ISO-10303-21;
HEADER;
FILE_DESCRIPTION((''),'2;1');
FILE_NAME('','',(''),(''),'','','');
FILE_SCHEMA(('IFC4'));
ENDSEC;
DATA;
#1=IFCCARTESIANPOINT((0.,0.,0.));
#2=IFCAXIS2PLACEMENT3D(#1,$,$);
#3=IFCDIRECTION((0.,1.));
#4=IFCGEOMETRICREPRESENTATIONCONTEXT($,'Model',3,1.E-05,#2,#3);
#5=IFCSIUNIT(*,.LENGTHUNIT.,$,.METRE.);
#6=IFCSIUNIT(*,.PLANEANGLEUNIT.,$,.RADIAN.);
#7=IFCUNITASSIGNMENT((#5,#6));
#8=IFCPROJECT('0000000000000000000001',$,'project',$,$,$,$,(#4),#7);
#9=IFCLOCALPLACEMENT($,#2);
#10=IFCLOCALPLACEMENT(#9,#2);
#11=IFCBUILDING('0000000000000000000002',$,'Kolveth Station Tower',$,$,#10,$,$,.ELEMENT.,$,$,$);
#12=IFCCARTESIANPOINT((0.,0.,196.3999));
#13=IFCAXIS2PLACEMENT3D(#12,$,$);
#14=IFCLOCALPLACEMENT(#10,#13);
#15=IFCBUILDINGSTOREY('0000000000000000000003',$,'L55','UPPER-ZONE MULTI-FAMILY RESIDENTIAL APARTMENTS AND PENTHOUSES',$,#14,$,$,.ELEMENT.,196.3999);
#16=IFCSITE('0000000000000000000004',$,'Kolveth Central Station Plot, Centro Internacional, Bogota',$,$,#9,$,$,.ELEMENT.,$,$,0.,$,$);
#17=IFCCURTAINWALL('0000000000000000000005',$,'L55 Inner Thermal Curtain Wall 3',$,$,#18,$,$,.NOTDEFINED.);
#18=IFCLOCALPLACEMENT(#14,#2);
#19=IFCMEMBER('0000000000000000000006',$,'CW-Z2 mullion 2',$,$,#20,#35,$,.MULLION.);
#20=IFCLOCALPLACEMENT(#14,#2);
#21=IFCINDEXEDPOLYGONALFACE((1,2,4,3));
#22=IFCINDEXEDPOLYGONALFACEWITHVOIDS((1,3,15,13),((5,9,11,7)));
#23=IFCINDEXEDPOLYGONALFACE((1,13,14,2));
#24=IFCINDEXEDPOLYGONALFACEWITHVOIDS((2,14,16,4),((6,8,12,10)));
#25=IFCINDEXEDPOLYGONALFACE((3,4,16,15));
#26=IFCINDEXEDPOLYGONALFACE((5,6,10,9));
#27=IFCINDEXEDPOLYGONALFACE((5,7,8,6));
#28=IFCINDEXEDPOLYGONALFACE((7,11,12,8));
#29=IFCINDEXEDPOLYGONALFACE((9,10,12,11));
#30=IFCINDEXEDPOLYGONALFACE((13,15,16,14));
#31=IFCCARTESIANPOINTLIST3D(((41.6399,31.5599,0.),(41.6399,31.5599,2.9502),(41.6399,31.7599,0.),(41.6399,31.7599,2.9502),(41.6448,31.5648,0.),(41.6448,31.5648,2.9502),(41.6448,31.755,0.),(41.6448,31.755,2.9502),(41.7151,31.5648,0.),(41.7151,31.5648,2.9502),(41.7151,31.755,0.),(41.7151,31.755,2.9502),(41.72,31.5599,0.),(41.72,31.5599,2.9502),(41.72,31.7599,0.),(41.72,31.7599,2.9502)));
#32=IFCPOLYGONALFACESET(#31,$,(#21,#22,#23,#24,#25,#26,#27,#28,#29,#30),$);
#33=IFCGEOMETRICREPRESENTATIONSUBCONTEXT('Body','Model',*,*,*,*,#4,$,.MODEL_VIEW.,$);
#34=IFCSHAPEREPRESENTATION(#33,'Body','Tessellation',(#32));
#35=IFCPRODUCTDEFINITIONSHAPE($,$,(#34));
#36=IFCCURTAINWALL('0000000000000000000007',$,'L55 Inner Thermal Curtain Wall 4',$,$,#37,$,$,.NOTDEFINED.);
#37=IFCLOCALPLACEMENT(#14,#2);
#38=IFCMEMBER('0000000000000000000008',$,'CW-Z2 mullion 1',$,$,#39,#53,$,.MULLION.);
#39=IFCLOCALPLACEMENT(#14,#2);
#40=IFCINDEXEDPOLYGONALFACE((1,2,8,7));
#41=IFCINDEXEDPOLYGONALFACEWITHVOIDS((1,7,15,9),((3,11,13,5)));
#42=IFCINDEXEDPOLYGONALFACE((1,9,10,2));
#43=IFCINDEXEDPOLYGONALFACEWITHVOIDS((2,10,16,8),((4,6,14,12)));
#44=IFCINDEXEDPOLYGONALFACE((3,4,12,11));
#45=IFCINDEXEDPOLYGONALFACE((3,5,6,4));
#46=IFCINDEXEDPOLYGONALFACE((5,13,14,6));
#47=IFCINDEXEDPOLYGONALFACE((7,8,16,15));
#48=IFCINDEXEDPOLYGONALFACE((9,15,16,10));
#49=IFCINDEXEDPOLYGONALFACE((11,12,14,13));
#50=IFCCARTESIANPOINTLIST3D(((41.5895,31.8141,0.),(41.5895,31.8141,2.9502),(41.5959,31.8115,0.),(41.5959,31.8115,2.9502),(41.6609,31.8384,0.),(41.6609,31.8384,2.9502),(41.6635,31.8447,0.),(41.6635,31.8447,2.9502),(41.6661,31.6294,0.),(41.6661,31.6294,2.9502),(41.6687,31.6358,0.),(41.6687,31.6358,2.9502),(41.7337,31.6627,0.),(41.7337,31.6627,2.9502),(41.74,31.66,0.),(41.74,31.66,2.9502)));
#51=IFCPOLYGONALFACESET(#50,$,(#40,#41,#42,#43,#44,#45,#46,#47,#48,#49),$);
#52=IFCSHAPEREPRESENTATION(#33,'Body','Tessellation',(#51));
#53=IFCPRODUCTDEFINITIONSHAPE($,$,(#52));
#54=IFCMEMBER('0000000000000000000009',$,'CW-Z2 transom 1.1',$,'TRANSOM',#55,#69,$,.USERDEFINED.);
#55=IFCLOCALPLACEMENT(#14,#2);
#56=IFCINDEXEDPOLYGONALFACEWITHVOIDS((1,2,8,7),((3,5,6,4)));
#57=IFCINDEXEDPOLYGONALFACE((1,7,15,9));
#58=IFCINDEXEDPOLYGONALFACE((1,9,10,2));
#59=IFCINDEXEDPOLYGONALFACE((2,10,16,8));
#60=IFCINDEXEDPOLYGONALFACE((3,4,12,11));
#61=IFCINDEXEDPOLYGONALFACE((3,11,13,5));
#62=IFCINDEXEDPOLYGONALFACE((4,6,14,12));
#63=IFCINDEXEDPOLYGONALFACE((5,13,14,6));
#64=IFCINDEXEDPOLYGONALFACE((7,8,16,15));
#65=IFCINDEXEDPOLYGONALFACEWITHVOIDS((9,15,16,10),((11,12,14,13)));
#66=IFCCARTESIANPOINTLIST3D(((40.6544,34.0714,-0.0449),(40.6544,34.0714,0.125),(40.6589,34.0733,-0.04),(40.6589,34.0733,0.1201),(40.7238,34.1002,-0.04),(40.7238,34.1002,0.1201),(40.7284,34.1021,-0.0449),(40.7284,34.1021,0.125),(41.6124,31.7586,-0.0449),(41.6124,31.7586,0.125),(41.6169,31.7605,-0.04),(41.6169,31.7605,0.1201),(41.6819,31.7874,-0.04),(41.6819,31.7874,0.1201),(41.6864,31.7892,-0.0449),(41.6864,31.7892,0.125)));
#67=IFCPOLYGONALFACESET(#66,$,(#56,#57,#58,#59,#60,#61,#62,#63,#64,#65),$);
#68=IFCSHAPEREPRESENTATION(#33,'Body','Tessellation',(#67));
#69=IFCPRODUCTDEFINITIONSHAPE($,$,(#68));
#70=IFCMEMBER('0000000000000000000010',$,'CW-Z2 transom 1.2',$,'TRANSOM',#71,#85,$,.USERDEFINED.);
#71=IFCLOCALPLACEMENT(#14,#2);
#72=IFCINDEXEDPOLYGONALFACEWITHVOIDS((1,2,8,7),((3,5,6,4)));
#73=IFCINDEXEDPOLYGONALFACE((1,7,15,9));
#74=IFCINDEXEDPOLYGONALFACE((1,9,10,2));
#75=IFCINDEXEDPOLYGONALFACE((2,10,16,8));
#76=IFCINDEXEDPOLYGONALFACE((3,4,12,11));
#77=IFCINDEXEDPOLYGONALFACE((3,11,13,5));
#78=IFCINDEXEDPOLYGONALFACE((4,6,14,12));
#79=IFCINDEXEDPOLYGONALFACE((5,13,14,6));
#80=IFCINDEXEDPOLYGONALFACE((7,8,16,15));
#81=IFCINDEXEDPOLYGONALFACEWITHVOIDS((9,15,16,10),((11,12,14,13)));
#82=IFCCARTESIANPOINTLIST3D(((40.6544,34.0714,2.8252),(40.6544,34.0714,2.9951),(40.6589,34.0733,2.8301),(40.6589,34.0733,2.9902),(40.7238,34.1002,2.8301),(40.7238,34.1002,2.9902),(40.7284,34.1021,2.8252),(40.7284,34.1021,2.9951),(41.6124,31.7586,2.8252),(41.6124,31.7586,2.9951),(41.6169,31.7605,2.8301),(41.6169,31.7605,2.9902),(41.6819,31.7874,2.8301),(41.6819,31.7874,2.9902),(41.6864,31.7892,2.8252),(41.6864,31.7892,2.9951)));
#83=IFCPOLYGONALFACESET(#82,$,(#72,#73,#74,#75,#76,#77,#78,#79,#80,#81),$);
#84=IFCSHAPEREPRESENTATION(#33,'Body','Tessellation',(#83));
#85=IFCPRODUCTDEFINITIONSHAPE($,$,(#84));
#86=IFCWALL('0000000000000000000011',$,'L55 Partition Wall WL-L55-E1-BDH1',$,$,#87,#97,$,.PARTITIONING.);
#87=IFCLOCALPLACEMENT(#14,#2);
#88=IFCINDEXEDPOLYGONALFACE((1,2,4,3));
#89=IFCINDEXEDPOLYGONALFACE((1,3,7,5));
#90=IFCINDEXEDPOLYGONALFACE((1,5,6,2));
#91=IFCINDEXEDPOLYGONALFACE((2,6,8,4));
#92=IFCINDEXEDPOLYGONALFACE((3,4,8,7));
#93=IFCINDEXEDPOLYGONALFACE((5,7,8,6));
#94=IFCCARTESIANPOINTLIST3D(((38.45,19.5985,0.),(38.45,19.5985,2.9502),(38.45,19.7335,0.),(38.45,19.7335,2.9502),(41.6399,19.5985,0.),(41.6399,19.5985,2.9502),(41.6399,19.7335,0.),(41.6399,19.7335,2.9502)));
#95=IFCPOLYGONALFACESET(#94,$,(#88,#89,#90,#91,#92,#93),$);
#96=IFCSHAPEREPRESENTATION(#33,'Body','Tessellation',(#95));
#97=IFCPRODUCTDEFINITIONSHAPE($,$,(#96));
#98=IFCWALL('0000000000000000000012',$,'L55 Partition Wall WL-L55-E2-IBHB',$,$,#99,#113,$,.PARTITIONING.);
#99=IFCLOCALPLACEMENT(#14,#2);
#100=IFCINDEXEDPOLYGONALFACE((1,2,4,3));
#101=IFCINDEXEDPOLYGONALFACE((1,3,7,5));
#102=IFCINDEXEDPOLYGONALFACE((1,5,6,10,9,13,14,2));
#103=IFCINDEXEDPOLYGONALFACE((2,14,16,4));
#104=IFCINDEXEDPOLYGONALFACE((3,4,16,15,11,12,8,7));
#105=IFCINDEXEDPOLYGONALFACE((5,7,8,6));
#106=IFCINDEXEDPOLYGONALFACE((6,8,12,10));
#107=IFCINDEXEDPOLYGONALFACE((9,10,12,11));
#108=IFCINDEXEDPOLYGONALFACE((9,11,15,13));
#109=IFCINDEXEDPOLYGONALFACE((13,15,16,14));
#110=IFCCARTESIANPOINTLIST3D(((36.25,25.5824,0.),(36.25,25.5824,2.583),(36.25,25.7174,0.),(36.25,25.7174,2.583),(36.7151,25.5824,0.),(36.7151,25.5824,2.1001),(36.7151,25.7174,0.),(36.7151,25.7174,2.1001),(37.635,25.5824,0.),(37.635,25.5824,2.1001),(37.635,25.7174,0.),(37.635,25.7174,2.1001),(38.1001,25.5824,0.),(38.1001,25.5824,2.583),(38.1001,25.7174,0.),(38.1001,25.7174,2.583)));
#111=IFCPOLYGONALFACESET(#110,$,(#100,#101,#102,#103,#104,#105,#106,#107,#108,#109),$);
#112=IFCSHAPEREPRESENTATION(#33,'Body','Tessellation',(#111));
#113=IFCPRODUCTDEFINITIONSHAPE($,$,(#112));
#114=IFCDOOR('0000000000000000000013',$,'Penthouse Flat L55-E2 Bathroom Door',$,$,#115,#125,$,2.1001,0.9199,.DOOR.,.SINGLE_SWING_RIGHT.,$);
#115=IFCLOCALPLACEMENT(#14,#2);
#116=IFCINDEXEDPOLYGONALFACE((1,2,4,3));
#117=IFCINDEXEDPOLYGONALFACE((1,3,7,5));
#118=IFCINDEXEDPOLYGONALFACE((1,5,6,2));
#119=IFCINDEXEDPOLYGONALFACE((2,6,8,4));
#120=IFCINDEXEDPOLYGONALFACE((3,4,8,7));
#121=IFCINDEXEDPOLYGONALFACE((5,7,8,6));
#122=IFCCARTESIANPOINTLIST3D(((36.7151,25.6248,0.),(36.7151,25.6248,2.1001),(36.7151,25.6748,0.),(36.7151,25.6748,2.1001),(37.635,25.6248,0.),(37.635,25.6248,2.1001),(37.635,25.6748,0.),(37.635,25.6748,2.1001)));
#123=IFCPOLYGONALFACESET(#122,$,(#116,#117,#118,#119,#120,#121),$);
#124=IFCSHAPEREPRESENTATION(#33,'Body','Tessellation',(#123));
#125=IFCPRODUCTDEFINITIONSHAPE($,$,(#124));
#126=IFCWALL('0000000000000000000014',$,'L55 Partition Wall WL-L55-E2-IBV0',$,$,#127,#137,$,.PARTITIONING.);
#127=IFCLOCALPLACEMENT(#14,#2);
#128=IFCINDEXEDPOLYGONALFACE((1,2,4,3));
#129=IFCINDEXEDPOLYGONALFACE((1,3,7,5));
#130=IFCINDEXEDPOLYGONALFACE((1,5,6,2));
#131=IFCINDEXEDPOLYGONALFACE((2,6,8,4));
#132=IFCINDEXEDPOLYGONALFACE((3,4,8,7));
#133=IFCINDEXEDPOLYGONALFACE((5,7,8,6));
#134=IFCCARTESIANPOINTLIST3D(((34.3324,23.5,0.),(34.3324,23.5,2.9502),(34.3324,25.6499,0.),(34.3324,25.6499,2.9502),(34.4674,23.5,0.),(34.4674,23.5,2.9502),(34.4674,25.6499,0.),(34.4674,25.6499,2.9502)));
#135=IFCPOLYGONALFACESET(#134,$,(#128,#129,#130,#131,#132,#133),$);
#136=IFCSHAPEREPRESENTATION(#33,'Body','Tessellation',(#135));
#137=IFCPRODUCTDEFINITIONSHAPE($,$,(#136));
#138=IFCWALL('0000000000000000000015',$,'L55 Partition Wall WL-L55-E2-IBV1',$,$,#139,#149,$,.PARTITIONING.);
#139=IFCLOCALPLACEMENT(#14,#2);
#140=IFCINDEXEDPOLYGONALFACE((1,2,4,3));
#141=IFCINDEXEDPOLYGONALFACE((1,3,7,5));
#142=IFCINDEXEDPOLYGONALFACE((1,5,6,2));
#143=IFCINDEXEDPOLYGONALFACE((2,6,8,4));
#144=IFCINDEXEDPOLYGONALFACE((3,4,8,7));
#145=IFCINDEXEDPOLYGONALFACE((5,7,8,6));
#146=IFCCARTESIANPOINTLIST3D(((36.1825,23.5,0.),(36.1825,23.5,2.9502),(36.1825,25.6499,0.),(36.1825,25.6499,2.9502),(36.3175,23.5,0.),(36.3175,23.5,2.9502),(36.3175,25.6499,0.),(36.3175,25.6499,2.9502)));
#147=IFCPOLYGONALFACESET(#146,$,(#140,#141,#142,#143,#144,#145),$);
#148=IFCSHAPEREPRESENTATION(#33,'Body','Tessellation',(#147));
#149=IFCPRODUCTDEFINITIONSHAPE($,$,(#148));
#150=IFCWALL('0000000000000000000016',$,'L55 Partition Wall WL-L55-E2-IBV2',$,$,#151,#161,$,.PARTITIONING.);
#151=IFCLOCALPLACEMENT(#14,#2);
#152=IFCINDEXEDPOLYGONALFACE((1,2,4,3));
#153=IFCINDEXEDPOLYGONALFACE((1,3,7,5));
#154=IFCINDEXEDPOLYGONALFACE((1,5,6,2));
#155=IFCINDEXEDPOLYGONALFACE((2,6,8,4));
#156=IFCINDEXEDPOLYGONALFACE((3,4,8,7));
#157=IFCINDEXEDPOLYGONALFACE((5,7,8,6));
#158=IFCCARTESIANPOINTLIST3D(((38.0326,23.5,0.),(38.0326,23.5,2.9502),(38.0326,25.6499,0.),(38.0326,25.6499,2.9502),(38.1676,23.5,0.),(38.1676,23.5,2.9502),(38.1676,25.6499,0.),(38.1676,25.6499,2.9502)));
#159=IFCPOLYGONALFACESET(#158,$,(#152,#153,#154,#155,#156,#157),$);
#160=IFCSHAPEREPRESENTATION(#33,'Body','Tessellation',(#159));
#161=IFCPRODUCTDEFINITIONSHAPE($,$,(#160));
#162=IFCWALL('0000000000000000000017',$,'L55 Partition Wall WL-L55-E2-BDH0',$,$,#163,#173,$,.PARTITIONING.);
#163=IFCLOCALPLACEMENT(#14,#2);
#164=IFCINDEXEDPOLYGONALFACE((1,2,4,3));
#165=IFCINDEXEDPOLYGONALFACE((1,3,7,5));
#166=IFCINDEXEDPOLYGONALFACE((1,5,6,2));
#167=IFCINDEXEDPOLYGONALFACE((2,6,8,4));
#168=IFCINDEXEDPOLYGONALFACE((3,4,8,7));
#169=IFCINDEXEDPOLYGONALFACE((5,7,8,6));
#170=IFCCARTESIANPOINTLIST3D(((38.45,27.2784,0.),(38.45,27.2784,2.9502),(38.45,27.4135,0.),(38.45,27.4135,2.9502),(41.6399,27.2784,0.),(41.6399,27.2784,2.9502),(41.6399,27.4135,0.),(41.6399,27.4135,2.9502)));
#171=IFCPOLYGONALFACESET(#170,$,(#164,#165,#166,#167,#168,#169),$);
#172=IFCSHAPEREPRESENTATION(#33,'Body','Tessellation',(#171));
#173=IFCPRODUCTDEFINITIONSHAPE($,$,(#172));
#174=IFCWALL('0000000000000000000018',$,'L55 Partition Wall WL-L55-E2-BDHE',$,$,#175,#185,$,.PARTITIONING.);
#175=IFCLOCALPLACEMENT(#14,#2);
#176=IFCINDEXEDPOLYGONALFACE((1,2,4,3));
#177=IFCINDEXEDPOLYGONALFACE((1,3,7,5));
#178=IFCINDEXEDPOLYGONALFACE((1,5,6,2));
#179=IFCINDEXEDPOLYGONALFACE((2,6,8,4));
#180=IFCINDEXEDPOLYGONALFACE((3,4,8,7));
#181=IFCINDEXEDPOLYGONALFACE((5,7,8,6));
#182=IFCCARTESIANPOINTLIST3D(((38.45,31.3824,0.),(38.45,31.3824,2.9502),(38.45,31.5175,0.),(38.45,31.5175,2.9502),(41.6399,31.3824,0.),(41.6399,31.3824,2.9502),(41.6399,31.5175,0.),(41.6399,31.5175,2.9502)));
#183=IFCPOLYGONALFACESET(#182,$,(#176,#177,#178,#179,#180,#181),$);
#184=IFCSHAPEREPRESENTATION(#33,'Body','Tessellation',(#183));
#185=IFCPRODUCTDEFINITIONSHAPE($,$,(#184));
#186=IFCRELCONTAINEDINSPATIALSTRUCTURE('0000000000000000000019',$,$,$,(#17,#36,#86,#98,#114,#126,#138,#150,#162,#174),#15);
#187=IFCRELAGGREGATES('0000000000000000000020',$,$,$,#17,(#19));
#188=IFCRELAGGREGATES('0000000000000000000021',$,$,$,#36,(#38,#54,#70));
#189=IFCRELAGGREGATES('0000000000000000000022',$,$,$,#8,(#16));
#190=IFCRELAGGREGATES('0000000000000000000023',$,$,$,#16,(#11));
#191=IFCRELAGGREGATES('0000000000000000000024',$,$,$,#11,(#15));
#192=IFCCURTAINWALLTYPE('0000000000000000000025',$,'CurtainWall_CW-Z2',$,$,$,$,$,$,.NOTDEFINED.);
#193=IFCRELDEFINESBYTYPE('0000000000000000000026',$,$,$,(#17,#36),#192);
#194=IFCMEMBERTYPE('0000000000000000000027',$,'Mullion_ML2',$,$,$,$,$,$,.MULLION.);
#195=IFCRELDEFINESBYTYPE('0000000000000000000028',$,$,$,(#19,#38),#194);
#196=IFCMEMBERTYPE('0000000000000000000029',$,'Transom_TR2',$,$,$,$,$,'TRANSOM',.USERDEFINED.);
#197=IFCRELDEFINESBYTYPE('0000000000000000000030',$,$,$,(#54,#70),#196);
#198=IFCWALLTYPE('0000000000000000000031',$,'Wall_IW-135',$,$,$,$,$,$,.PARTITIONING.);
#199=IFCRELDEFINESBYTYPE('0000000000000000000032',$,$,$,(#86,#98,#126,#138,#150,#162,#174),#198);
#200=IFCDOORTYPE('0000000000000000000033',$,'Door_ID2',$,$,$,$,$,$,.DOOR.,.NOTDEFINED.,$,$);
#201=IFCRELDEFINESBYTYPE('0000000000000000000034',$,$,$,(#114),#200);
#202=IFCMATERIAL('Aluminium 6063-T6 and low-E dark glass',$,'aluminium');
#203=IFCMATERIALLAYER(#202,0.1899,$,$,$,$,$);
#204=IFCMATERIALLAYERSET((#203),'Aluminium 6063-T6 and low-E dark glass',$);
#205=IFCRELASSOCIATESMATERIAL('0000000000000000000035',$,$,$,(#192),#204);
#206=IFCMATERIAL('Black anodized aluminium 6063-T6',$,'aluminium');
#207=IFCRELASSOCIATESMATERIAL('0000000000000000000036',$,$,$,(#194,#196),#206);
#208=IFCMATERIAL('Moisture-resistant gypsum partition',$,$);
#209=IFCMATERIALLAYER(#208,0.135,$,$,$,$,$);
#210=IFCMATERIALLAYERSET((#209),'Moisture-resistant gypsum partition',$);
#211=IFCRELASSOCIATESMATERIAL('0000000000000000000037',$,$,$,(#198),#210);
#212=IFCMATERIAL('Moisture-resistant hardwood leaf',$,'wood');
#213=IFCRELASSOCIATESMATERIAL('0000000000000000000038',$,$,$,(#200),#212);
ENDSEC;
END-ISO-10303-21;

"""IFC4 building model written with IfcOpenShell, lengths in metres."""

from ifc_helpers import new_model, si_unit, direction, frame, frame_2d, origin, origin_2d, place, context, subcontext, project, spatial, rectangle, hollow_rectangle, extrude, source, transform, mapped, material, layer, layer_set, material_profile, profile_set, type_object, element, fill, aggregate, save


model = new_model("IFC4")

# Units and contexts
model_context = context("Model", 3, precision=1e-05, world=origin(), true_north=direction((0.0, 1.0)))
body_context = subcontext(model_context, "Body", "Model", "MODEL_VIEW")
ifc_project = project(units=[si_unit("LENGTHUNIT", "METRE"), si_unit("PLANEANGLEUNIT", "RADIAN")], contexts=[model_context])

# Site, building, storey
site_placement = place(None, origin())
site = spatial("IfcSite", under=ifc_project, at=site_placement, Name="Kolveth Central Station Plot, Centro Internacional, Bogota", CompositionType="ELEMENT", RefElevation=0.0)
building_placement = place(site_placement, origin())
building = spatial("IfcBuilding", under=site, at=building_placement, Name="Kolveth Station Tower", CompositionType="ELEMENT")
storey_placement = place(building_placement, frame((0.0, 0.0, 196.3999)))
storey = spatial("IfcBuildingStorey", under=building, at=storey_placement, Name="L55", Description="UPPER-ZONE MULTI-FAMILY RESIDENTIAL APARTMENTS AND PENTHOUSES", CompositionType="ELEMENT", Elevation=196.3999)

# Curtain wall, member
ifc_material_1 = material(Name="Aluminium 6063-T6 and low-E dark glass", Category="aluminium")
ifc_layer_1 = layer(ifc_material_1, 0.1899)
ifc_layer_set_1 = layer_set([ifc_layer_1], Name="Aluminium 6063-T6 and low-E dark glass")
curtain_wall_type = type_object("IfcCurtainWallType", Name="CurtainWall_CW-Z2", PredefinedType="NOTDEFINED", material=ifc_layer_set_1)
curtain_wall_1_placement = place(storey_placement, origin())
curtain_wall_1 = element("IfcCurtainWall", 1, at=curtain_wall_1_placement, inside=storey, type_object=curtain_wall_type, Name="L55 Inner Thermal Curtain Wall 3", PredefinedType="NOTDEFINED")
ifc_material_2 = material(Name="Black anodized aluminium 6063-T6", Category="aluminium")
ifc_material_profile_1 = material_profile(ifc_material_2, hollow_rectangle(XDim=0.0801, YDim=0.2, WallThickness=0.0049, at=origin_2d()), Name="ALU-80x200x5")
ifc_profile_set_1 = profile_set([ifc_material_profile_1], Name="Black anodized aluminium 6063-T6")
member_type_1 = type_object("IfcMemberType", Name="Mullion_ML2", PredefinedType="MULLION", material=ifc_profile_set_1)
shared_shape_1 = source(origin(), body_context, "Body", "SweptSolid", [
    extrude(hollow_rectangle(XDim=0.0801, YDim=0.2, WallThickness=0.0049, at=origin_2d()), origin(), (0.0, 0.0, 1.0), 2.9502),
])
member_1_placement = place(storey_placement, frame((41.6799, 31.6599, 0.0), z_axis=(0.0, 0.0, 1.0), x_axis=(-1.0, 0.0, 0.0)))
member_1 = element("IfcMember", 2, at=member_1_placement, type_object=member_type_1, Name="CW-Z2 mullion 2", PredefinedType="MULLION", context=body_context, shape_type="MappedRepresentation", body=[
    mapped(shared_shape_1, transform((0.0, 0.0, 0.0), x_axis=(1.0, 0.0, 0.0), y_axis=(0.0, 1.0, 0.0), z_axis=(0.0, 0.0, 1.0), scale=1.0)),
])
aggregate(curtain_wall_1, [member_1])

# Curtain wall, members
curtain_wall_2_placement = place(storey_placement, origin())
curtain_wall_2 = element("IfcCurtainWall", 3, at=curtain_wall_2_placement, inside=storey, type_object=curtain_wall_type, Name="L55 Inner Thermal Curtain Wall 4", PredefinedType="NOTDEFINED")
member_2_placement = place(storey_placement, frame((41.6648, 31.7371, 0.0), z_axis=(0.0, 0.0, 1.0), x_axis=(-0.923874, -0.382698, 0.0)))
member_2 = element("IfcMember", 4, at=member_2_placement, type_object=member_type_1, Name="CW-Z2 mullion 1", PredefinedType="MULLION", context=body_context, shape_type="MappedRepresentation", body=[
    mapped(shared_shape_1, transform((0.0, 0.0, 0.0), x_axis=(1.0, 0.0, 0.0), y_axis=(0.0, 1.0, 0.0), z_axis=(0.0, 0.0, 1.0), scale=1.0)),
])
ifc_material_profile_2 = material_profile(ifc_material_2, hollow_rectangle(XDim=0.0801, YDim=0.1699, WallThickness=0.0049, at=origin_2d()), Name="ALU-80x170x5")
ifc_profile_set_2 = profile_set([ifc_material_profile_2], Name="Black anodized aluminium 6063-T6")
member_type_2 = type_object("IfcMemberType", Name="Transom_TR2", ElementType="TRANSOM", PredefinedType="USERDEFINED", material=ifc_profile_set_2)
shared_shape_2 = source(origin(), body_context, "Body", "SweptSolid", [
    extrude(hollow_rectangle(XDim=0.0801, YDim=0.1699, WallThickness=0.0049, at=origin_2d()), origin(), (0.0, 0.0, 1.0), 2.5034),
])
member_3_placement = place(storey_placement, frame((41.6494, 31.7739, 0.04), z_axis=(-0.382696, 0.923874, 0.0), x_axis=(-0.923874, -0.382696, 0.0)))
member_3 = element("IfcMember", 5, at=member_3_placement, type_object=member_type_2, Name="CW-Z2 transom 1.1", ObjectType="TRANSOM", PredefinedType="USERDEFINED", context=body_context, shape_type="MappedRepresentation", body=[
    mapped(shared_shape_2, transform((0.0, 0.0, 0.0), x_axis=(1.0, 0.0, 0.0), y_axis=(0.0, 1.0, 0.0), z_axis=(0.0, 0.0, 1.0), scale=1.0)),
])
member_4_placement = place(storey_placement, frame((41.6494, 31.7739, 2.9102), z_axis=(-0.382696, 0.923874, 0.0), x_axis=(-0.923874, -0.382696, 0.0)))
member_4 = element("IfcMember", 6, at=member_4_placement, type_object=member_type_2, Name="CW-Z2 transom 1.2", ObjectType="TRANSOM", PredefinedType="USERDEFINED", context=body_context, shape_type="MappedRepresentation", body=[
    mapped(shared_shape_2, transform((0.0, 0.0, 0.0), x_axis=(1.0, 0.0, 0.0), y_axis=(0.0, 1.0, 0.0), z_axis=(0.0, 0.0, 1.0), scale=1.0)),
])
aggregate(curtain_wall_2, [member_2, member_3, member_4])

# Wall
ifc_material_3 = material(Name="Moisture-resistant gypsum partition")
ifc_layer_2 = layer(ifc_material_3, 0.135)
ifc_layer_set_2 = layer_set([ifc_layer_2], Name="Moisture-resistant gypsum partition")
wall_type = type_object("IfcWallType", Name="Wall_IW-135", PredefinedType="PARTITIONING", material=ifc_layer_set_2)
wall_1_placement = place(storey_placement, frame((38.45, 19.666, 0.0), z_axis=(0.0, 0.0, 1.0), x_axis=(1.0, 0.0, 0.0)))
element("IfcWall", 7, at=wall_1_placement, inside=storey, type_object=wall_type, Name="L55 Partition Wall WL-L55-E1-BDH1", PredefinedType="PARTITIONING", context=body_context, shape_type="SweptSolid", body=[
    extrude(rectangle(XDim=3.1899, YDim=0.135, at=frame_2d((1.595, 0.0))), origin(), (0.0, 0.0, 1.0), 2.9502),
])

# Wall, opening, door
wall_2_placement = place(storey_placement, frame((36.25, 25.6499, 0.0), z_axis=(0.0, 0.0, 1.0), x_axis=(1.0, 0.0, 0.0)))
wall_2 = element("IfcWall", 8, at=wall_2_placement, inside=storey, type_object=wall_type, Name="L55 Partition Wall WL-L55-E2-IBHB", PredefinedType="PARTITIONING", context=body_context, shape_type="SweptSolid", body=[
    extrude(rectangle(XDim=1.8501, YDim=0.135, at=frame_2d((0.925, 0.0))), origin(), (0.0, 0.0, 1.0), 2.583),
])
opening_1_placement = place(wall_2_placement, frame((0.4651, 0.0, 0.0)))
opening_1 = element("IfcOpeningElement", 9, at=opening_1_placement, cuts=wall_2, PredefinedType="OPENING", context=body_context, shape_type="SweptSolid", body=[
    extrude(rectangle(XDim=0.9199, YDim=2.1001, at=frame_2d((0.46, 1.05))), frame((0.0, 0.0774, 0.0), z_axis=(0.0, -1.0, 0.0), x_axis=(1.0, 0.0, 0.0)), (0.0, 0.0, 1.0), 0.155),
])
ifc_material_4 = material(Name="Moisture-resistant hardwood leaf", Category="wood")
door_type_1 = type_object("IfcDoorType", Name="Door_ID2", OperationType="NOTDEFINED", PredefinedType="DOOR", material=ifc_material_4)
door_1_placement = place(opening_1_placement, origin())
door_1 = element("IfcDoor", 10, at=door_1_placement, inside=storey, type_object=door_type_1, Name="Penthouse Flat L55-E2 Bathroom Door", OperationType="SINGLE_SWING_RIGHT", OverallHeight=2.1001, OverallWidth=0.9199, PredefinedType="DOOR", context=body_context, shape_type="SweptSolid", body=[
    extrude(rectangle(XDim=0.9199, YDim=2.1001, at=frame_2d((0.46, 1.05))), frame((0.0, 0.0249, 0.0), z_axis=(0.0, -1.0, 0.0), x_axis=(1.0, 0.0, 0.0)), (0.0, 0.0, 1.0), 0.05),
])
fill(opening_1, door_1)

# Walls
for number, where, z_axis, x_axis, name in (
    (11, (34.3999, 23.5, 0.0), (0.0, 0.0, 1.0), (0.0, 1.0, 0.0), "L55 Partition Wall WL-L55-E2-IBV0"),
    (12, (36.25, 23.5, 0.0), (0.0, 0.0, 1.0), (0.0, 1.0, 0.0), "L55 Partition Wall WL-L55-E2-IBV1"),
    (13, (38.1001, 23.5, 0.0), (0.0, 0.0, 1.0), (0.0, 1.0, 0.0), "L55 Partition Wall WL-L55-E2-IBV2"),
):
    element("IfcWall", number, at=place(storey_placement, frame(where, z_axis=z_axis, x_axis=x_axis)), inside=storey, type_object=wall_type, Name=name, PredefinedType="PARTITIONING", context=body_context, shape_type="SweptSolid", body=[
        extrude(rectangle(XDim=2.1499, YDim=0.135, at=frame_2d((1.075, 0.0))), origin(), (0.0, 0.0, 1.0), 2.9502),
    ])
for number, where, z_axis, x_axis, name in (
    (14, (38.45, 27.3459, 0.0), (0.0, 0.0, 1.0), (1.0, 0.0, 0.0), "L55 Partition Wall WL-L55-E2-BDH0"),
    (15, (38.45, 31.45, 0.0), (0.0, 0.0, 1.0), (1.0, 0.0, 0.0), "L55 Partition Wall WL-L55-E2-BDHE"),
):
    element("IfcWall", number, at=place(storey_placement, frame(where, z_axis=z_axis, x_axis=x_axis)), inside=storey, type_object=wall_type, Name=name, PredefinedType="PARTITIONING", context=body_context, shape_type="SweptSolid", body=[
        extrude(rectangle(XDim=3.1899, YDim=0.135, at=frame_2d((1.595, 0.0))), origin(), (0.0, 0.0, 1.0), 2.9502),
    ])

save(model, "model.ifc")
